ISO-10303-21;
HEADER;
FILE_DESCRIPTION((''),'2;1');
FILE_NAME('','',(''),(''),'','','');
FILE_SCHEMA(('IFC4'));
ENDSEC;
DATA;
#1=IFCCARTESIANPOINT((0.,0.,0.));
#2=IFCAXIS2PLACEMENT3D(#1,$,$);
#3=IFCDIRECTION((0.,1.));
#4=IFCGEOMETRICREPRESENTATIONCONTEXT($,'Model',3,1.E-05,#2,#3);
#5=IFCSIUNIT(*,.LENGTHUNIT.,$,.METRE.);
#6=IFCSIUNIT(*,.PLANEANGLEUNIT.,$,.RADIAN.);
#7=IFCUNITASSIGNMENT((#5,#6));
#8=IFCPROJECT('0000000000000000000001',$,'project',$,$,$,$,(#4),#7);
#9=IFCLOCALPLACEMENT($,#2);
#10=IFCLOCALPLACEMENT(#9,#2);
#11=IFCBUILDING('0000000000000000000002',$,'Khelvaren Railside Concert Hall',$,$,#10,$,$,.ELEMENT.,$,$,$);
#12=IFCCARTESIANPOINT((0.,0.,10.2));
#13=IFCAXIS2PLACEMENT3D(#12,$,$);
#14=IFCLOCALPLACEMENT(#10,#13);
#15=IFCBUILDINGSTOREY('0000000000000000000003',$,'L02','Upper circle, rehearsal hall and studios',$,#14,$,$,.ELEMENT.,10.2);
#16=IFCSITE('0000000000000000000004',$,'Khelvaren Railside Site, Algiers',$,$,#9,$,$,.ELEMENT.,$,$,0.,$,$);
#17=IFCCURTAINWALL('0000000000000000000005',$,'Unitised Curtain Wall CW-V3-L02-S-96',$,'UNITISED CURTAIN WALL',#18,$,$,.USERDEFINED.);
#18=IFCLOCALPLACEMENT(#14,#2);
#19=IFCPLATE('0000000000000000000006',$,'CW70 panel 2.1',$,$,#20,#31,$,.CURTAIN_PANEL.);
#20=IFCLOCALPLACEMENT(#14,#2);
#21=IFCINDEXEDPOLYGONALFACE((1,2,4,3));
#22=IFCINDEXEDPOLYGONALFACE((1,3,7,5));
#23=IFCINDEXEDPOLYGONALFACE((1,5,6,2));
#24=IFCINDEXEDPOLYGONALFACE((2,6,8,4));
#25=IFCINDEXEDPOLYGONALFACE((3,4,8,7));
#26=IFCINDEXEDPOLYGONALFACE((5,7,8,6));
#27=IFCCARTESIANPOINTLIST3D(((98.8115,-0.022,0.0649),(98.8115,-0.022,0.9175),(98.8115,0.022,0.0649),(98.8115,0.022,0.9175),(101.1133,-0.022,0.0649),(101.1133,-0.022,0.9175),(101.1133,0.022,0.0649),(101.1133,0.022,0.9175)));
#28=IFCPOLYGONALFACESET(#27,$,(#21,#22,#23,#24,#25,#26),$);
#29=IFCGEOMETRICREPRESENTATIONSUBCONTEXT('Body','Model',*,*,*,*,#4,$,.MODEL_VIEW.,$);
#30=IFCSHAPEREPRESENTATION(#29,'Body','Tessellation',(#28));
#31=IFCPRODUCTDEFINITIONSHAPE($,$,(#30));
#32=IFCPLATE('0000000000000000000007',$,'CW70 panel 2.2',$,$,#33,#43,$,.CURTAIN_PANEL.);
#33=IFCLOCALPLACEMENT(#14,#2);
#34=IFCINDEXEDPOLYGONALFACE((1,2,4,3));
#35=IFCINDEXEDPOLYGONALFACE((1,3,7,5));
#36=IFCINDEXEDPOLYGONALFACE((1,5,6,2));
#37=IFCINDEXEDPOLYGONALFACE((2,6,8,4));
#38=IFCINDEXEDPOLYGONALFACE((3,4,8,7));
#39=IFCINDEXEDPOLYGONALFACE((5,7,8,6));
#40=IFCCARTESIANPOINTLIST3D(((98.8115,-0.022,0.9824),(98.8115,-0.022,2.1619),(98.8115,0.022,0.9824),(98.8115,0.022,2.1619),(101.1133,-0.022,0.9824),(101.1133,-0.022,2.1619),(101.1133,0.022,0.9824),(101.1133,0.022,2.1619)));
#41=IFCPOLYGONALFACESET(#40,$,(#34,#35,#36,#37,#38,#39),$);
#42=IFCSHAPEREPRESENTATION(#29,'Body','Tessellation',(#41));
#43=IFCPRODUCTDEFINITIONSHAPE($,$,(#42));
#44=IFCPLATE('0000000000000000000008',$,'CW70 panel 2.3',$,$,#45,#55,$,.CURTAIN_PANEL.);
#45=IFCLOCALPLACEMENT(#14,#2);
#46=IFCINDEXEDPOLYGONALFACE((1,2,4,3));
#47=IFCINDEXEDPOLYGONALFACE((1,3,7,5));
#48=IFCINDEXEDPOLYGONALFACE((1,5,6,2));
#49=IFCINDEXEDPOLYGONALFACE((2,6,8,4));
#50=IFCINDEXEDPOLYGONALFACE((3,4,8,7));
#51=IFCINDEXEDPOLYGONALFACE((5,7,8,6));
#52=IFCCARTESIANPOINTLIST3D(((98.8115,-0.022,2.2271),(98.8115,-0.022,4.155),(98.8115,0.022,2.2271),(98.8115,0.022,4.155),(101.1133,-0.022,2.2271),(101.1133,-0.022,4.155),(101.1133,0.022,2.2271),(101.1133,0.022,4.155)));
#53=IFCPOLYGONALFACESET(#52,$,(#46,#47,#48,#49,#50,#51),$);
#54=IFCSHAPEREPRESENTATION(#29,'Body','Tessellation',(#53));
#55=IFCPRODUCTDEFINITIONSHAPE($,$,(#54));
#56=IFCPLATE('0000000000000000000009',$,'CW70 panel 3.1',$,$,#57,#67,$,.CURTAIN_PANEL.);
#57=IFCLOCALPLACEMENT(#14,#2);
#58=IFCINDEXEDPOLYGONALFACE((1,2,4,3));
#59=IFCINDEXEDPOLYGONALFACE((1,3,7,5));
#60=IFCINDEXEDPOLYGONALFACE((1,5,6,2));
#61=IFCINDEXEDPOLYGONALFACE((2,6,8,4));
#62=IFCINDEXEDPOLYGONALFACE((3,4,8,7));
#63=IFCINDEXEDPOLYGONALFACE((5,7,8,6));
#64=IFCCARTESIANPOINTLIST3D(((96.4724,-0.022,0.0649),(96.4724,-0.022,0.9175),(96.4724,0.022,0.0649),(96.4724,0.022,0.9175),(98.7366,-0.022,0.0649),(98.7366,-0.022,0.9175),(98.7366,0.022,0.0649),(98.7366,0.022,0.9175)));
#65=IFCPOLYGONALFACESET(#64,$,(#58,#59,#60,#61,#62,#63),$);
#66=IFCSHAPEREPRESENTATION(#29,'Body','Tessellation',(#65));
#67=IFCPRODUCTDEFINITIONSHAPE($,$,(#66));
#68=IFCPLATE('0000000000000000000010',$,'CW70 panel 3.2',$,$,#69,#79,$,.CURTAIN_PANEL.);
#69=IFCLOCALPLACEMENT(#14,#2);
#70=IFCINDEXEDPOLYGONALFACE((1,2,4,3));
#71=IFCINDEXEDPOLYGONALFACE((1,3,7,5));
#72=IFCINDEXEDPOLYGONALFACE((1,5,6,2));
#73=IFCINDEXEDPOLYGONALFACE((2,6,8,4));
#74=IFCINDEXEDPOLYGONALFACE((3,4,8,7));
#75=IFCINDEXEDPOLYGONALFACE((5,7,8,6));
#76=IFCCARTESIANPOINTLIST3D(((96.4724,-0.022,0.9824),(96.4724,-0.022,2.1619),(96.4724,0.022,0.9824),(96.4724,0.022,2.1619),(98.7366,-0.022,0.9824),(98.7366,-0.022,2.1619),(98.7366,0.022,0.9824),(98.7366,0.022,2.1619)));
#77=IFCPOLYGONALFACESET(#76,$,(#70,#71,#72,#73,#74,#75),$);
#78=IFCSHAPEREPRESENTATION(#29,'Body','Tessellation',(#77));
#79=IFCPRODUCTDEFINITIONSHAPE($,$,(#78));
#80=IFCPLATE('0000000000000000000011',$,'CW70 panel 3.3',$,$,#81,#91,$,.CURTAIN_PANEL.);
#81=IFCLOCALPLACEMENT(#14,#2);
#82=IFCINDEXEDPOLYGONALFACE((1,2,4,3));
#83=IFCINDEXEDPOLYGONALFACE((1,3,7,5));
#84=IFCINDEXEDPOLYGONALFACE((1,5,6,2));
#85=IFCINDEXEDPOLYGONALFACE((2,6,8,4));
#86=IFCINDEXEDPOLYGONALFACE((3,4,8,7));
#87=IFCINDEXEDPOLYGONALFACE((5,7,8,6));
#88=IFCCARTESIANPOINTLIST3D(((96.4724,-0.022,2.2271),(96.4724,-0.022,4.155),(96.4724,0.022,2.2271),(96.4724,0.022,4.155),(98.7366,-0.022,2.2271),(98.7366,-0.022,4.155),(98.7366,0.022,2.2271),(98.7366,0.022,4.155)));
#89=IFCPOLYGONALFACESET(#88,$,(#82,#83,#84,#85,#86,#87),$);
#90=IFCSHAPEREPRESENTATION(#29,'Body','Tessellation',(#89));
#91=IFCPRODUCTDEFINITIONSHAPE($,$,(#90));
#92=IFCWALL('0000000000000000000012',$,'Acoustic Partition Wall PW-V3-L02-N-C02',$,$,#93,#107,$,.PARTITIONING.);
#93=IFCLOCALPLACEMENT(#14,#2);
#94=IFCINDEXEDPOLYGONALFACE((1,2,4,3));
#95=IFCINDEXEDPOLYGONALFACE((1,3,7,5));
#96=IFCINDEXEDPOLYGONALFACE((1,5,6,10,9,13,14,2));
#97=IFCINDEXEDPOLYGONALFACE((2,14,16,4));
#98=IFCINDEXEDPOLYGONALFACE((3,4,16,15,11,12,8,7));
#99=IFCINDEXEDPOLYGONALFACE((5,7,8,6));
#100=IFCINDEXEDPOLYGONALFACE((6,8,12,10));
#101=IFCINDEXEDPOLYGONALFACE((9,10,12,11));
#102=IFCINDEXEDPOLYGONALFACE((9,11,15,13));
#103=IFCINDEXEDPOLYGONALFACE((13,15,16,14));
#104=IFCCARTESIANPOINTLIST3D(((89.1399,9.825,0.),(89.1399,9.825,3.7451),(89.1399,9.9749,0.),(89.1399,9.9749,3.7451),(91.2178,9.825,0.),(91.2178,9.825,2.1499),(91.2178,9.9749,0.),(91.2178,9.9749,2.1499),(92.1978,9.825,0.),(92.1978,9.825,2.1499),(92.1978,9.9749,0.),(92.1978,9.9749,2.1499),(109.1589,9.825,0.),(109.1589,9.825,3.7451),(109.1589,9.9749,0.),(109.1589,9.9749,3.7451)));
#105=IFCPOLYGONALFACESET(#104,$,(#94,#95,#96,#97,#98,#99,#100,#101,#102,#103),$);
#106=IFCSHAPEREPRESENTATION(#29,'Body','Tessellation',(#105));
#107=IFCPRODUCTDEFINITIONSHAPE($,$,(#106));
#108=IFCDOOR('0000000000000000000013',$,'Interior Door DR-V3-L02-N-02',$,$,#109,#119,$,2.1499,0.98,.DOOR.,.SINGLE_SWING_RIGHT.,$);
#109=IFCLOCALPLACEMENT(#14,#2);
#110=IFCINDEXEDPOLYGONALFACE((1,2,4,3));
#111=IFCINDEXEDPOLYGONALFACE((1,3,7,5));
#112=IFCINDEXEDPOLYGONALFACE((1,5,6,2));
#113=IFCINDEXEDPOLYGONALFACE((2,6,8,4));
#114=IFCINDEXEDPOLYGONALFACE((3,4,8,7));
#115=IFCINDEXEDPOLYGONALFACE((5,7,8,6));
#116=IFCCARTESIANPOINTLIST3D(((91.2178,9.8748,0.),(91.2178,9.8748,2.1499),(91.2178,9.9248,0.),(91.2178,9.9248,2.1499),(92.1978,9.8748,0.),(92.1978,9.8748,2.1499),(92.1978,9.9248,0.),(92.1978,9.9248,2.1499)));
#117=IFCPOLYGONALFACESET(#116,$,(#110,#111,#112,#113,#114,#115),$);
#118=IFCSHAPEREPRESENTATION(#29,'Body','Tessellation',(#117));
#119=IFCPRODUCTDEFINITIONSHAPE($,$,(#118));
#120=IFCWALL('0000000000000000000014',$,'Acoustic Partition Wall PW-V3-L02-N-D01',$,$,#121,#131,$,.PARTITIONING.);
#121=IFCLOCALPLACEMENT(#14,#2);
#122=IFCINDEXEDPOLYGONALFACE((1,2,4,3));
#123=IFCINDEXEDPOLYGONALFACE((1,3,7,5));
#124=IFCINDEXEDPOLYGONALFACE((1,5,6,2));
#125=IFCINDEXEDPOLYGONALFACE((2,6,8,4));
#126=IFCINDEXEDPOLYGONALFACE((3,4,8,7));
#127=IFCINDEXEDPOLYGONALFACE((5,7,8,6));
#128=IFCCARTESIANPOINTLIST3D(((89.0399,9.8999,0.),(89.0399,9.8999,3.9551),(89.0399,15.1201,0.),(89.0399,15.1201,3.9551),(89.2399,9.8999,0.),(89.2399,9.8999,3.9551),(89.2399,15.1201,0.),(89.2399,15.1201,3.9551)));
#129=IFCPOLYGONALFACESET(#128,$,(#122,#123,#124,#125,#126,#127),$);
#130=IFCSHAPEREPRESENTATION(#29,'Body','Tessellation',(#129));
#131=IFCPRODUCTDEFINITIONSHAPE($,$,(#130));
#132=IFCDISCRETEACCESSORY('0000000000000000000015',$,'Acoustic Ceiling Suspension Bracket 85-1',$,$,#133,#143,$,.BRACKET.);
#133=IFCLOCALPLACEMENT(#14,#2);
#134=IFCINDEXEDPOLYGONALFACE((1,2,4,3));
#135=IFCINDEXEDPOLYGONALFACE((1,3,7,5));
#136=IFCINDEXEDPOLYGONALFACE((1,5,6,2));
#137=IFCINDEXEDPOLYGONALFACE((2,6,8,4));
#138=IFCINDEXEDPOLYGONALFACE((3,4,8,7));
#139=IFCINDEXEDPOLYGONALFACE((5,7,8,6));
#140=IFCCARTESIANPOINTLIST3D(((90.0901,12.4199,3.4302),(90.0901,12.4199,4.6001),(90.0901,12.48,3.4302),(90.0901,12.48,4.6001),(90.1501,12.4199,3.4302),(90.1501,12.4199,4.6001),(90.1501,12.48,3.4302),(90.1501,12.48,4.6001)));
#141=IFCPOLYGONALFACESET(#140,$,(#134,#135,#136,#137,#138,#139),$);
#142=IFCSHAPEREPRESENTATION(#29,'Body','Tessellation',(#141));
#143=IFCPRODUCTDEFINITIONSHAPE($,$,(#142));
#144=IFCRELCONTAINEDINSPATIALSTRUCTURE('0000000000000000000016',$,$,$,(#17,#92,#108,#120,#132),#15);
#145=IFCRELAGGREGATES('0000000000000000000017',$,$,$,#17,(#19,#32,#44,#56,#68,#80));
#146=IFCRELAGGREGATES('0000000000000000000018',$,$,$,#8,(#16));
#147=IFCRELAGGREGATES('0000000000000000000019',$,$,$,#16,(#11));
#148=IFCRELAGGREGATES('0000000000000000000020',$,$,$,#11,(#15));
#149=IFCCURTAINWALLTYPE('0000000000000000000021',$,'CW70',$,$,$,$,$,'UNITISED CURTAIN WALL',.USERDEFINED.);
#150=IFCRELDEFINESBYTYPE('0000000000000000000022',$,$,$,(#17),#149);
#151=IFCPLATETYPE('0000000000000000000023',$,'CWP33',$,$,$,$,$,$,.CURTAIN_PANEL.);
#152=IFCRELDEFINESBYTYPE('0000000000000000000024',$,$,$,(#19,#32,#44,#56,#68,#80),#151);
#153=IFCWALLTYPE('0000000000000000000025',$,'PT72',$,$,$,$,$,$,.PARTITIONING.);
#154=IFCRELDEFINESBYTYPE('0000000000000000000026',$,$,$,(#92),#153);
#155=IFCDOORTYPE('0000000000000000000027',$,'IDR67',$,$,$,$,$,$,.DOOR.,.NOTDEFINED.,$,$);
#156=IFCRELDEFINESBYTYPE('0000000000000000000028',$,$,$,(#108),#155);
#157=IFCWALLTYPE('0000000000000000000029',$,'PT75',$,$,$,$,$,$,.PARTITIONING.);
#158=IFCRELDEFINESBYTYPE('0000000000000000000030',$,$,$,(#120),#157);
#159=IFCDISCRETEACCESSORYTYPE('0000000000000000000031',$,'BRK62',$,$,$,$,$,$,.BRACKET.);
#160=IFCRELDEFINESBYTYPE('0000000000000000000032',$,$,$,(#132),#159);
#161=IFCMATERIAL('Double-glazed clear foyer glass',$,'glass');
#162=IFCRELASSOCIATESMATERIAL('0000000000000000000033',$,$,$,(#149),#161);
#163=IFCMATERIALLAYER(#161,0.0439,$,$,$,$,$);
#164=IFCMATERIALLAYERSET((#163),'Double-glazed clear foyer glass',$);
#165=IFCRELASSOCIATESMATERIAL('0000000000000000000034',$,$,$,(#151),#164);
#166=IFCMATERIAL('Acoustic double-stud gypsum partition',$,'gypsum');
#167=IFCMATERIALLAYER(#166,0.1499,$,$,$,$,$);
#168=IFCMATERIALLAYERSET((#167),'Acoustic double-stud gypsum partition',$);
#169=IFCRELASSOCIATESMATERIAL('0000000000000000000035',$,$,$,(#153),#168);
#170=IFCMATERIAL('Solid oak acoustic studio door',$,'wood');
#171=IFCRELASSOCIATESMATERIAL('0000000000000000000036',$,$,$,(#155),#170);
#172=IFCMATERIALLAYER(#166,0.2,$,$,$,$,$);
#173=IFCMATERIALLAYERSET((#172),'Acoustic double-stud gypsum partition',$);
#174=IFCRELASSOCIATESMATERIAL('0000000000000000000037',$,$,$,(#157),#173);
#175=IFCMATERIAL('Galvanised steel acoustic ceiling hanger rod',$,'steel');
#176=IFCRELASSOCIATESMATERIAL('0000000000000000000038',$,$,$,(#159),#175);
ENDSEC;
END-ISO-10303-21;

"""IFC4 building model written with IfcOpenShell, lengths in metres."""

from ifc_helpers import new_model, si_unit, direction, frame, frame_2d, origin, origin_2d, place, context, subcontext, project, spatial, rectangle, extrude, material, layer, layer_set, type_object, element, fill, aggregate, save


model = new_model("IFC4")

# Units and contexts
model_context = context("Model", 3, precision=1e-05, world=origin(), true_north=direction((0.0, 1.0)))
body_context = subcontext(model_context, "Body", "Model", "MODEL_VIEW")
ifc_project = project(units=[si_unit("LENGTHUNIT", "METRE"), si_unit("PLANEANGLEUNIT", "RADIAN")], contexts=[model_context])

# Site, building, storey
site_placement = place(None, origin())
site = spatial("IfcSite", under=ifc_project, at=site_placement, Name="Khelvaren Railside Site, Algiers", CompositionType="ELEMENT", RefElevation=0.0)
building_placement = place(site_placement, origin())
building = spatial("IfcBuilding", under=site, at=building_placement, Name="Khelvaren Railside Concert Hall", CompositionType="ELEMENT")
storey_placement = place(building_placement, frame((0.0, 0.0, 10.2)))
storey = spatial("IfcBuildingStorey", under=building, at=storey_placement, Name="L02", Description="Upper circle, rehearsal hall and studios", CompositionType="ELEMENT", Elevation=10.2)

# Curtain wall
ifc_material_1 = material(Name="Double-glazed clear foyer glass", Category="glass")
curtain_wall_type = type_object("IfcCurtainWallType", Name="CW70", ElementType="UNITISED CURTAIN WALL", PredefinedType="USERDEFINED", material=ifc_material_1)
curtain_wall_placement = place(storey_placement, origin())
curtain_wall = element("IfcCurtainWall", 1, at=curtain_wall_placement, inside=storey, type_object=curtain_wall_type, Name="Unitised Curtain Wall CW-V3-L02-S-96", ObjectType="UNITISED CURTAIN WALL", PredefinedType="USERDEFINED")

# Plates
ifc_layer_1 = layer(ifc_material_1, 0.0439)
ifc_layer_set_1 = layer_set([ifc_layer_1], Name="Double-glazed clear foyer glass")
plate_type = type_object("IfcPlateType", Name="CWP33", PredefinedType="CURTAIN_PANEL", material=ifc_layer_set_1)
plate_1_placement = place(storey_placement, frame((99.9624, 0.0, 0.0649), z_axis=(0.0, 0.0, 1.0), x_axis=(-1.0, 0.0, 0.0)))
plate_1 = element("IfcPlate", 2, at=plate_1_placement, type_object=plate_type, Name="CW70 panel 2.1", PredefinedType="CURTAIN_PANEL", context=body_context, shape_type="SweptSolid", body=[
    extrude(rectangle(XDim=2.3018, YDim=0.0439, at=origin_2d()), origin(), (0.0, 0.0, 1.0), 0.8525),
])
plate_2_placement = place(storey_placement, frame((99.9624, 0.0, 0.9824), z_axis=(0.0, 0.0, 1.0), x_axis=(-1.0, 0.0, 0.0)))
plate_2 = element("IfcPlate", 3, at=plate_2_placement, type_object=plate_type, Name="CW70 panel 2.2", PredefinedType="CURTAIN_PANEL", context=body_context, shape_type="SweptSolid", body=[
    extrude(rectangle(XDim=2.3018, YDim=0.0439, at=origin_2d()), origin(), (0.0, 0.0, 1.0), 1.1794),
])
plate_3_placement = place(storey_placement, frame((99.9624, 0.0, 2.2271), z_axis=(0.0, 0.0, 1.0), x_axis=(-1.0, 0.0, 0.0)))
plate_3 = element("IfcPlate", 4, at=plate_3_placement, type_object=plate_type, Name="CW70 panel 2.3", PredefinedType="CURTAIN_PANEL", context=body_context, shape_type="SweptSolid", body=[
    extrude(rectangle(XDim=2.3018, YDim=0.0439, at=origin_2d()), origin(), (0.0, 0.0, 1.0), 1.928),
])
plate_4_placement = place(storey_placement, frame((97.6045, 0.0, 0.0649), z_axis=(0.0, 0.0, 1.0), x_axis=(-1.0, 0.0, 0.0)))
plate_4 = element("IfcPlate", 5, at=plate_4_placement, type_object=plate_type, Name="CW70 panel 3.1", PredefinedType="CURTAIN_PANEL", context=body_context, shape_type="SweptSolid", body=[
    extrude(rectangle(XDim=2.2642, YDim=0.0439, at=origin_2d()), origin(), (0.0, 0.0, 1.0), 0.8525),
])
plate_5_placement = place(storey_placement, frame((97.6045, 0.0, 0.9824), z_axis=(0.0, 0.0, 1.0), x_axis=(-1.0, 0.0, 0.0)))
plate_5 = element("IfcPlate", 6, at=plate_5_placement, type_object=plate_type, Name="CW70 panel 3.2", PredefinedType="CURTAIN_PANEL", context=body_context, shape_type="SweptSolid", body=[
    extrude(rectangle(XDim=2.2642, YDim=0.0439, at=origin_2d()), origin(), (0.0, 0.0, 1.0), 1.1794),
])
plate_6_placement = place(storey_placement, frame((97.6045, 0.0, 2.2271), z_axis=(0.0, 0.0, 1.0), x_axis=(-1.0, 0.0, 0.0)))
plate_6 = element("IfcPlate", 7, at=plate_6_placement, type_object=plate_type, Name="CW70 panel 3.3", PredefinedType="CURTAIN_PANEL", context=body_context, shape_type="SweptSolid", body=[
    extrude(rectangle(XDim=2.2642, YDim=0.0439, at=origin_2d()), origin(), (0.0, 0.0, 1.0), 1.928),
])
aggregate(curtain_wall, [plate_1, plate_2, plate_3, plate_4, plate_5, plate_6])

# Wall, opening, door
ifc_material_2 = material(Name="Acoustic double-stud gypsum partition", Category="gypsum")
ifc_layer_2 = layer(ifc_material_2, 0.1499)
ifc_layer_set_2 = layer_set([ifc_layer_2], Name="Acoustic double-stud gypsum partition")
wall_type_1 = type_object("IfcWallType", Name="PT72", PredefinedType="PARTITIONING", material=ifc_layer_set_2)
wall_1_placement = place(storey_placement, frame((89.1399, 9.8999, 0.0), z_axis=(0.0, 0.0, 1.0), x_axis=(1.0, 0.0, 0.0)))
wall_1 = element("IfcWall", 8, at=wall_1_placement, inside=storey, type_object=wall_type_1, Name="Acoustic Partition Wall PW-V3-L02-N-C02", PredefinedType="PARTITIONING", context=body_context, shape_type="SweptSolid", body=[
    extrude(rectangle(XDim=20.019, YDim=0.1499, at=frame_2d((10.0095, 0.0))), origin(), (0.0, 0.0, 1.0), 3.7451),
])
opening_placement = place(wall_1_placement, frame((2.0779, 0.0, 0.0)))
opening = element("IfcOpeningElement", 9, at=opening_placement, cuts=wall_1, PredefinedType="OPENING", context=body_context, shape_type="SweptSolid", body=[
    extrude(rectangle(XDim=0.98, YDim=2.1499, at=frame_2d((0.49, 1.075))), frame((0.0, 0.085, 0.0), z_axis=(0.0, -1.0, 0.0), x_axis=(1.0, 0.0, 0.0)), (0.0, 0.0, 1.0), 0.1699),
])
ifc_material_3 = material(Name="Solid oak acoustic studio door", Category="wood")
door_type = type_object("IfcDoorType", Name="IDR67", OperationType="NOTDEFINED", PredefinedType="DOOR", material=ifc_material_3)
door_placement = place(opening_placement, origin())
door = element("IfcDoor", 10, at=door_placement, inside=storey, type_object=door_type, Name="Interior Door DR-V3-L02-N-02", OperationType="SINGLE_SWING_RIGHT", OverallHeight=2.1499, OverallWidth=0.98, PredefinedType="DOOR", context=body_context, shape_type="SweptSolid", body=[
    extrude(rectangle(XDim=0.98, YDim=2.1499, at=frame_2d((0.49, 1.075))), frame((0.0, 0.0249, 0.0), z_axis=(0.0, -1.0, 0.0), x_axis=(1.0, 0.0, 0.0)), (0.0, 0.0, 1.0), 0.05),
])
fill(opening, door)

# Wall
ifc_layer_3 = layer(ifc_material_2, 0.2)
ifc_layer_set_3 = layer_set([ifc_layer_3], Name="Acoustic double-stud gypsum partition")
wall_type_2 = type_object("IfcWallType", Name="PT75", PredefinedType="PARTITIONING", material=ifc_layer_set_3)
wall_2_placement = place(storey_placement, frame((89.1399, 9.8999, 0.0), z_axis=(0.0, 0.0, 1.0), x_axis=(0.0, 1.0, 0.0)))
element("IfcWall", 11, at=wall_2_placement, inside=storey, type_object=wall_type_2, Name="Acoustic Partition Wall PW-V3-L02-N-D01", PredefinedType="PARTITIONING", context=body_context, shape_type="SweptSolid", body=[
    extrude(rectangle(XDim=5.2202, YDim=0.2, at=frame_2d((2.6101, 0.0))), origin(), (0.0, 0.0, 1.0), 3.9551),
])

# Discrete accessory
ifc_material_4 = material(Name="Galvanised steel acoustic ceiling hanger rod", Category="steel")
discrete_accessory_type = type_object("IfcDiscreteAccessoryType", Name="BRK62", PredefinedType="BRACKET", material=ifc_material_4)
discrete_accessory_placement = place(storey_placement, frame((90.1201, 12.45, 3.4302), z_axis=(0.0, 0.0, 1.0), x_axis=(1.0, 0.0, 0.0)))
element("IfcDiscreteAccessory", 12, at=discrete_accessory_placement, inside=storey, type_object=discrete_accessory_type, Name="Acoustic Ceiling Suspension Bracket 85-1", PredefinedType="BRACKET", context=body_context, shape_type="SweptSolid", body=[
    extrude(rectangle(XDim=0.0601, YDim=0.0601, at=origin_2d()), origin(), (0.0, 0.0, 1.0), 1.1699),
])

save(model, "model.ifc")
